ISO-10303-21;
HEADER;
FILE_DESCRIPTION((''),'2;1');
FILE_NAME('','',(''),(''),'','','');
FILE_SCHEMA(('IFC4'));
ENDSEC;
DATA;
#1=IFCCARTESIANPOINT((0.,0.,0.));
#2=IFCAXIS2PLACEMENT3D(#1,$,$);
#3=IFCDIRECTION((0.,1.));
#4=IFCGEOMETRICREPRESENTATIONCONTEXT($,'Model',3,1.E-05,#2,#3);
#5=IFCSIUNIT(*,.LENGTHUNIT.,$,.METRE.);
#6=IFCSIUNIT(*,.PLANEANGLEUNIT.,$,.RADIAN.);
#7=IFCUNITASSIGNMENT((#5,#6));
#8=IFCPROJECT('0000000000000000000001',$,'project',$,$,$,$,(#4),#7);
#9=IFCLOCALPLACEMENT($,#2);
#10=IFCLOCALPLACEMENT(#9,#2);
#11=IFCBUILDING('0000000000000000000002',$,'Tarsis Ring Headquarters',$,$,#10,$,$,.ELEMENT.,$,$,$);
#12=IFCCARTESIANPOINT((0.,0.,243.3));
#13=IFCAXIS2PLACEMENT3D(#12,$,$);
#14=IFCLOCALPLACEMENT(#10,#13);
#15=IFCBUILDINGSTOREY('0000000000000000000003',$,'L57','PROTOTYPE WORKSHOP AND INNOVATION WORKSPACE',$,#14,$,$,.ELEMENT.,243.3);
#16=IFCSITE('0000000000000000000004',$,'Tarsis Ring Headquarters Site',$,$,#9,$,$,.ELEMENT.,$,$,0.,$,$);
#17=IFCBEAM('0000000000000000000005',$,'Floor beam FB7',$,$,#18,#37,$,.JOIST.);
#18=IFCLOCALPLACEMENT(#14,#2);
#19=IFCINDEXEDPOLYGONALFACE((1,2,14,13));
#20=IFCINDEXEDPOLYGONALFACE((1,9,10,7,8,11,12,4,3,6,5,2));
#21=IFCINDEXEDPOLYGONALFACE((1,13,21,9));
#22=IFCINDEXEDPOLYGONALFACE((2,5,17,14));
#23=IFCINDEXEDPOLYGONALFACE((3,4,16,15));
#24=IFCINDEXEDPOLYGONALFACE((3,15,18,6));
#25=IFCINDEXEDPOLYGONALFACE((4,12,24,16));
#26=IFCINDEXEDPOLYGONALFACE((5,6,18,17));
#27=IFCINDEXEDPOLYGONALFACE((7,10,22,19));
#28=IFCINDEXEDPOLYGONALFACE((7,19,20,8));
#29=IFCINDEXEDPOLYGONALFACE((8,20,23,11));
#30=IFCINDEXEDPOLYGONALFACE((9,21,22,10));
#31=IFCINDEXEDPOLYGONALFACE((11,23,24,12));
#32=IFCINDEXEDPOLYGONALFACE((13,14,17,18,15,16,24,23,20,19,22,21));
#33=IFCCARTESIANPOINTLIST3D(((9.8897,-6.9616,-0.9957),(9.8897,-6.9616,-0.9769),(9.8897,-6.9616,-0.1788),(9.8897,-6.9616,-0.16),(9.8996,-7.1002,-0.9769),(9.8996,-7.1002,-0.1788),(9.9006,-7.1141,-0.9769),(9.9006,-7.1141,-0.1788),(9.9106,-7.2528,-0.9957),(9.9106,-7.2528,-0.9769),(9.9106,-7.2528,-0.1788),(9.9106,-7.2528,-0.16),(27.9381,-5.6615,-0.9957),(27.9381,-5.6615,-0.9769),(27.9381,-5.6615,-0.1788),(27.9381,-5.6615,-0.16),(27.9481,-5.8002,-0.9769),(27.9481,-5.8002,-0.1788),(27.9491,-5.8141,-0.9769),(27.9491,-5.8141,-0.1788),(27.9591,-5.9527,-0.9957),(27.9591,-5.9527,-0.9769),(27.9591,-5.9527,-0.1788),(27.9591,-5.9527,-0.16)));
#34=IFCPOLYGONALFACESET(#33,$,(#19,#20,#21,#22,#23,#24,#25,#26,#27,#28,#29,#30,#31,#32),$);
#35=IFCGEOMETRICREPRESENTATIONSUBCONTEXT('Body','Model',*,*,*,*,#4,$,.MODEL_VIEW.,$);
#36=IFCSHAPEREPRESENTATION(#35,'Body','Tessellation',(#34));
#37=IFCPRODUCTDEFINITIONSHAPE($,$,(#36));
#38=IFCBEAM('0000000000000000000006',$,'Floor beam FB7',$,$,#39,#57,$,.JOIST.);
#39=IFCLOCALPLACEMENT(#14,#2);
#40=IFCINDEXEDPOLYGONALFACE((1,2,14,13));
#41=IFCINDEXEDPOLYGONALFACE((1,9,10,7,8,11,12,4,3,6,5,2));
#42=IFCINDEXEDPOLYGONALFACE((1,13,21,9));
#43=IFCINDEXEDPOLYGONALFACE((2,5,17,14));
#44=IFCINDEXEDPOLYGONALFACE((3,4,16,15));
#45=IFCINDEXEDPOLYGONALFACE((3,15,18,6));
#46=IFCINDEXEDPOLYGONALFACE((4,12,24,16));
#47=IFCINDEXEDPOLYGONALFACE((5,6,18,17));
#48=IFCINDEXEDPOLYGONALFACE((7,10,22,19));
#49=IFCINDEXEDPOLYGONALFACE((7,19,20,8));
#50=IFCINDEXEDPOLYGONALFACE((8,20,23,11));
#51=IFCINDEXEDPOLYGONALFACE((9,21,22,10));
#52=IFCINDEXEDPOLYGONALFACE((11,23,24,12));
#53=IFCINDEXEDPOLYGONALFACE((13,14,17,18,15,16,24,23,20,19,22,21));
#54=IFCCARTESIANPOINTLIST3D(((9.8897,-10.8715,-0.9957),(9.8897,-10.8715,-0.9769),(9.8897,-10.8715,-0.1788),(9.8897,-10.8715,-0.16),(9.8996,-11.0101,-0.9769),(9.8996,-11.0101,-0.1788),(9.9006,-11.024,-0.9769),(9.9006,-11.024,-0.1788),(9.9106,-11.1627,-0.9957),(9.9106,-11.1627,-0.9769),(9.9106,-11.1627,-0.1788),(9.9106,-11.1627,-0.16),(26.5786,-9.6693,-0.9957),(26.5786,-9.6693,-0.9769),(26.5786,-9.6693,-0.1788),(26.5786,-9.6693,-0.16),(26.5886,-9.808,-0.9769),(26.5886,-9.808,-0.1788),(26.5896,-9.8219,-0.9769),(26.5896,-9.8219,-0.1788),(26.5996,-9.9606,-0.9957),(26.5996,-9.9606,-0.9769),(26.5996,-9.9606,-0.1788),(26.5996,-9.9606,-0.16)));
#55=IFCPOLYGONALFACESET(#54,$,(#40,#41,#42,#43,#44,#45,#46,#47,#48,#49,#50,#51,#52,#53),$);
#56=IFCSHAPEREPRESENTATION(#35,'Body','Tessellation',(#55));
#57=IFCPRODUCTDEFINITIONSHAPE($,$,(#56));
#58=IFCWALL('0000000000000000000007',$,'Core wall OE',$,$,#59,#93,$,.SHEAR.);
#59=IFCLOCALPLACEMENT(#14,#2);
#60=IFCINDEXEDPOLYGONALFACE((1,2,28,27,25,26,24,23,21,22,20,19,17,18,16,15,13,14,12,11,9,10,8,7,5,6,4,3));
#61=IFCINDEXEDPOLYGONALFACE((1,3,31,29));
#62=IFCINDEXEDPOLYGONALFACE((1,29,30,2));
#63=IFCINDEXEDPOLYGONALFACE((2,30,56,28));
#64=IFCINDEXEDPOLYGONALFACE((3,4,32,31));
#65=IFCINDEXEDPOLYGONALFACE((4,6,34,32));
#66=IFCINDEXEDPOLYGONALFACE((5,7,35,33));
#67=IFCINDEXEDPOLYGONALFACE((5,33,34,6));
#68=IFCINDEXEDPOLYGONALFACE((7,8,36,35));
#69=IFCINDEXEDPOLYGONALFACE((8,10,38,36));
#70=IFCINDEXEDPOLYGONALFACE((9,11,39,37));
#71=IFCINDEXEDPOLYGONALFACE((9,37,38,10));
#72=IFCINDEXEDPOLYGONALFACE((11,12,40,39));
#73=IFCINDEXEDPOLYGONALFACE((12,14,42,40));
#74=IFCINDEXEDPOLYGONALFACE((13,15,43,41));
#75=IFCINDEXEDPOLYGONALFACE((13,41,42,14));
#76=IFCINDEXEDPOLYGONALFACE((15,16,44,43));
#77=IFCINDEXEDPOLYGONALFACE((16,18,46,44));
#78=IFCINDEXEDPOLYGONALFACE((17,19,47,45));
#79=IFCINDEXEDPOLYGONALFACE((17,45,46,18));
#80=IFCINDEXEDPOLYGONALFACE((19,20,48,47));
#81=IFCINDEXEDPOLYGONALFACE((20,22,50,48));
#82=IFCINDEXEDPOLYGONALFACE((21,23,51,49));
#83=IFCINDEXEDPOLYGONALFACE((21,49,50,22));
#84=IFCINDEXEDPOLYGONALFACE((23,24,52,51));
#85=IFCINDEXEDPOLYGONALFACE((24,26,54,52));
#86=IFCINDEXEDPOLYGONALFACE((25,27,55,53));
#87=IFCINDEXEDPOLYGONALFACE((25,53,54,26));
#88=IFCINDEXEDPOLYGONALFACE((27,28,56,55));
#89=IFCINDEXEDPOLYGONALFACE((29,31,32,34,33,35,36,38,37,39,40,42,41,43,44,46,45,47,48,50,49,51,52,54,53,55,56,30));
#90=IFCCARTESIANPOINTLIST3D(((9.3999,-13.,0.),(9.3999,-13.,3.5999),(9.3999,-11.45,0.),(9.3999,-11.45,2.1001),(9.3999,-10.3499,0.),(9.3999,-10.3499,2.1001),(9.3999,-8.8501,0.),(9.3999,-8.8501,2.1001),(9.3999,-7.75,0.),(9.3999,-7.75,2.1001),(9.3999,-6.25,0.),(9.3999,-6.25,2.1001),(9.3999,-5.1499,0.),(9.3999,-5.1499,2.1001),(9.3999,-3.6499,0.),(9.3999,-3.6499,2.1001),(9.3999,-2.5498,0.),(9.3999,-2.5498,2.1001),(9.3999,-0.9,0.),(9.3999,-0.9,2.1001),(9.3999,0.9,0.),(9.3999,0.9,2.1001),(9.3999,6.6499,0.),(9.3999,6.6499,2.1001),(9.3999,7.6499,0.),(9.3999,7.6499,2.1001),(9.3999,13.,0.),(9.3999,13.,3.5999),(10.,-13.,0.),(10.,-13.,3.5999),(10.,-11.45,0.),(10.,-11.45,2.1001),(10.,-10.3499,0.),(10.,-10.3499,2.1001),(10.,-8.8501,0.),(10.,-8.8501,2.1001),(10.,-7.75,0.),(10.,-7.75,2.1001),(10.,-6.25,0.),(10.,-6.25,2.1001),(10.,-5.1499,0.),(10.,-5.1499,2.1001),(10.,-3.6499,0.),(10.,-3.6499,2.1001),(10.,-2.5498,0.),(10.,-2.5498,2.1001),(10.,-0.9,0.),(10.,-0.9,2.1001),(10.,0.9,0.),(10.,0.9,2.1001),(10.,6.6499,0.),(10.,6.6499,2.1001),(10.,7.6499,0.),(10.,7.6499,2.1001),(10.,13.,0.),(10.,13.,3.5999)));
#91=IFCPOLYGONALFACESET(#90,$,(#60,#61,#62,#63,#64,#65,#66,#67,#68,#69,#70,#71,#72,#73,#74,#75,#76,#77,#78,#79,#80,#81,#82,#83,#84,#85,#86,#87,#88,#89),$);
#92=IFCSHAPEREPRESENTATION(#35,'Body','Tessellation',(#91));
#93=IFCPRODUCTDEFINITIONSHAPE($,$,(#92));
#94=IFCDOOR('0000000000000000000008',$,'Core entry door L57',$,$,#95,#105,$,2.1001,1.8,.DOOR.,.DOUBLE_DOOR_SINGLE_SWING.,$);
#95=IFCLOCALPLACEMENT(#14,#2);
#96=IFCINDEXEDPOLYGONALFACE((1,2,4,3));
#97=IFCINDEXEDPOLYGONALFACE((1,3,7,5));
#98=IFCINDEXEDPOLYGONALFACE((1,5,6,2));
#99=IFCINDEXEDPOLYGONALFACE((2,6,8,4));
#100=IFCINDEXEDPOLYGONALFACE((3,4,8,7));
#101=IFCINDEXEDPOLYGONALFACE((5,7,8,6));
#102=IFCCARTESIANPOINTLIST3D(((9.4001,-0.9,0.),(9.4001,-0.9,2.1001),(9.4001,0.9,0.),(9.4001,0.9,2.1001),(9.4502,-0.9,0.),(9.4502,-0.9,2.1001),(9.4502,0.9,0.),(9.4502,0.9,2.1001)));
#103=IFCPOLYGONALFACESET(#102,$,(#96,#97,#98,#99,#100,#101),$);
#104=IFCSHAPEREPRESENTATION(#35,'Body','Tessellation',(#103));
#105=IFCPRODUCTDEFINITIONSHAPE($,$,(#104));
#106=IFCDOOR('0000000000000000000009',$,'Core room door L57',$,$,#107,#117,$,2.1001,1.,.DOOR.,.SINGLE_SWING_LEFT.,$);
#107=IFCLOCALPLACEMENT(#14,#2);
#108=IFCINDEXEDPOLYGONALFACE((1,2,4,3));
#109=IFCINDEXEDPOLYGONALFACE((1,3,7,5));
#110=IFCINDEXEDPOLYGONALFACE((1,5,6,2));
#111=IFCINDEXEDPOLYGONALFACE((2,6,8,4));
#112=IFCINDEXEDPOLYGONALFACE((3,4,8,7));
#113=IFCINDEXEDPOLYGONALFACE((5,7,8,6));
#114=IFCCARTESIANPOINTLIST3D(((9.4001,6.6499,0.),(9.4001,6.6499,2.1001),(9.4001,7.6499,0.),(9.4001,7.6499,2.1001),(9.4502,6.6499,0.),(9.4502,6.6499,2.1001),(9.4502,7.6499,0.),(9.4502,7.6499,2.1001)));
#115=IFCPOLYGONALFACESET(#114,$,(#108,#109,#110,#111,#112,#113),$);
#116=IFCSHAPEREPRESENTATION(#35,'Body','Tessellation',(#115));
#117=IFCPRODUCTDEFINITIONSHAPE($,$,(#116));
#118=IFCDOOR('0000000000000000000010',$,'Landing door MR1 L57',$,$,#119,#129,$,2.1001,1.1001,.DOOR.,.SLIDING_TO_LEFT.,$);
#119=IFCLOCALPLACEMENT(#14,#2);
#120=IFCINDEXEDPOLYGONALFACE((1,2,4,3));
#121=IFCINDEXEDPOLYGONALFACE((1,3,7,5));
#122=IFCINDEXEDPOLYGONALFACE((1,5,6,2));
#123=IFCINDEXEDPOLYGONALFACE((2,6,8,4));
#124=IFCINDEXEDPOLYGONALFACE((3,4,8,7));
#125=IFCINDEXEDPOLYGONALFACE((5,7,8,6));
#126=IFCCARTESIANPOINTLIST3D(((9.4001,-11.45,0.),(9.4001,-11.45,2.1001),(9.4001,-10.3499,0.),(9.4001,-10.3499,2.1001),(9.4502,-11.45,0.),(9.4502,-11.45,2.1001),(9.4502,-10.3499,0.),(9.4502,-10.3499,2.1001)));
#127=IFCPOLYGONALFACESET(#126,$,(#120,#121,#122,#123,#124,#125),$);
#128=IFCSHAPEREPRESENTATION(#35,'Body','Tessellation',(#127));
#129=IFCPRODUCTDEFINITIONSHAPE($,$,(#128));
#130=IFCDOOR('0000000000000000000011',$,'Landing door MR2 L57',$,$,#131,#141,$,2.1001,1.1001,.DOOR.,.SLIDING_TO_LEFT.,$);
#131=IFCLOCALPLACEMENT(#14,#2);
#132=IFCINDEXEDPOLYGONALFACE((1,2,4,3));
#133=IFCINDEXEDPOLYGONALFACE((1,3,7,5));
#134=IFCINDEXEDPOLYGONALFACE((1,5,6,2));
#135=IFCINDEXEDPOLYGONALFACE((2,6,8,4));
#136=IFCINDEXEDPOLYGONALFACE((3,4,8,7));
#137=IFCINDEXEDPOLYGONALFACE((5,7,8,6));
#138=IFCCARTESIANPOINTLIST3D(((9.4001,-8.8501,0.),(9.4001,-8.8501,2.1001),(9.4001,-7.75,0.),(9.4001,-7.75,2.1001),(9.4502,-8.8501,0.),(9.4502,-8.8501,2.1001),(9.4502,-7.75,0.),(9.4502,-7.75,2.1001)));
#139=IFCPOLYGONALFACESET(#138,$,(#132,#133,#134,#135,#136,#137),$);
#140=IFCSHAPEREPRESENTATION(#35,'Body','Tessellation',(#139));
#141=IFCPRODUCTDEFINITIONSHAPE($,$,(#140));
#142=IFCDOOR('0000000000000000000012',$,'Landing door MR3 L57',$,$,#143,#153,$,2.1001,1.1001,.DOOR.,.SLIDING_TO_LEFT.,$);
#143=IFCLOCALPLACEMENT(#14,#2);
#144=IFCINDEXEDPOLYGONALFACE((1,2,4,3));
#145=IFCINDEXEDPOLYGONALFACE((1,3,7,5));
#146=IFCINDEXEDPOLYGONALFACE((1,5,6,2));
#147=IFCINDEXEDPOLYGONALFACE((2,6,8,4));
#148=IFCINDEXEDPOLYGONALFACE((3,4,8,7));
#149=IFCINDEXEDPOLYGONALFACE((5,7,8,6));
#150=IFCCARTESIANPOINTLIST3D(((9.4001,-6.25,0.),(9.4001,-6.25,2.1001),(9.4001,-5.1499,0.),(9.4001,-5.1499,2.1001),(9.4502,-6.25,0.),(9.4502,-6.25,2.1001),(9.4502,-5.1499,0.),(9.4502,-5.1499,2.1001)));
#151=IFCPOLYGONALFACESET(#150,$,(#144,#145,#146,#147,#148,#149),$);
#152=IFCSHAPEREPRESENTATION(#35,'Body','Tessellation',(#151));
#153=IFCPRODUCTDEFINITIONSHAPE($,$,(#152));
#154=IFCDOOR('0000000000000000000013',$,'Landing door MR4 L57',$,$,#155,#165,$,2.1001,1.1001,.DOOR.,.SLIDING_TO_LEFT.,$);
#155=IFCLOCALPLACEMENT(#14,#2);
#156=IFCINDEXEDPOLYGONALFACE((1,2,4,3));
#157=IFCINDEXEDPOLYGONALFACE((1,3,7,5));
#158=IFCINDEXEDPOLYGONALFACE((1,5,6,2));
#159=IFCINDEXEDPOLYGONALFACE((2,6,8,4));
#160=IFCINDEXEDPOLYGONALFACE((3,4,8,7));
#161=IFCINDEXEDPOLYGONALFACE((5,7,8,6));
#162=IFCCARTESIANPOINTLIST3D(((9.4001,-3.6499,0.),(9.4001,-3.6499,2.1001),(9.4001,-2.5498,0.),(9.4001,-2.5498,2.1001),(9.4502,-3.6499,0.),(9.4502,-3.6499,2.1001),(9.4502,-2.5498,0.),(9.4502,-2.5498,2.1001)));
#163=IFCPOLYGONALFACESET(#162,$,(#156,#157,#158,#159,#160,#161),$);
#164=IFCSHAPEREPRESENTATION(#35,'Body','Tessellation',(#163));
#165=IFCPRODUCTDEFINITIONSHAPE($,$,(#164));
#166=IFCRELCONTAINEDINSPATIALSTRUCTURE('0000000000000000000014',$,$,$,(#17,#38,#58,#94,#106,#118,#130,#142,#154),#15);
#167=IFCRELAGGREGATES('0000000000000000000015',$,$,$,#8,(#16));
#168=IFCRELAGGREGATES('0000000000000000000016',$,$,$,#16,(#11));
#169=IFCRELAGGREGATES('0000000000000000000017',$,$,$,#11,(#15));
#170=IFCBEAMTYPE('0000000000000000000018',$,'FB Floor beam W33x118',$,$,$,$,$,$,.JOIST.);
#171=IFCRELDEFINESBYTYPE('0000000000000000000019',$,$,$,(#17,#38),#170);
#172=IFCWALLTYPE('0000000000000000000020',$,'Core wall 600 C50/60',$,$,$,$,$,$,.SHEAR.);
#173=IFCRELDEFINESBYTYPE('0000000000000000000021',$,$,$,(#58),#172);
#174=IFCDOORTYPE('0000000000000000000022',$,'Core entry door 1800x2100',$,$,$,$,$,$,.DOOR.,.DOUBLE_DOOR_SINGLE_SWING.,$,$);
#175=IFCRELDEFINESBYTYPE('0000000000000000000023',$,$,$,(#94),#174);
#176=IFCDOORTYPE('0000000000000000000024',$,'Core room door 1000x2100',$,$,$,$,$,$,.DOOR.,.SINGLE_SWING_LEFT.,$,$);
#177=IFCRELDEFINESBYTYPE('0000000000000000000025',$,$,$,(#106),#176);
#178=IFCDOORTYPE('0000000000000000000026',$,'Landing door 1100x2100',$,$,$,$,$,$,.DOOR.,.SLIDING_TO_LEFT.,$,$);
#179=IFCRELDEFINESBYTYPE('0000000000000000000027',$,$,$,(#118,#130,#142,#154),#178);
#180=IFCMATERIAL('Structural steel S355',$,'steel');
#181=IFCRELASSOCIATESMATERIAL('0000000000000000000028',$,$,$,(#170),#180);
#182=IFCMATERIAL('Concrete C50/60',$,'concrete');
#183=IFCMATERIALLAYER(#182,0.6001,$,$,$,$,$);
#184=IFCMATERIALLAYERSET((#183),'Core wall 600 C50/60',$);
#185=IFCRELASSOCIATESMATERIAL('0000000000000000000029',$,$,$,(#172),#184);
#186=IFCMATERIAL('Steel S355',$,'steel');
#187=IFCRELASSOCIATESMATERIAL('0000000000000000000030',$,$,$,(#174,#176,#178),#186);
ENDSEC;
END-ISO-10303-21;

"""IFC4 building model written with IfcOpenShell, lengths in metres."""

from ifc_helpers import new_model, si_unit, direction, frame, frame_2d, origin, origin_2d, place, context, subcontext, project, spatial, rectangle, i_section, extrude, material, layer, layer_set, material_profile, profile_set, type_object, element, fill, save


model = new_model("IFC4")

# Units and contexts
model_context = context("Model", 3, precision=1e-05, world=origin(), true_north=direction((0.0, 1.0)))
body_context = subcontext(model_context, "Body", "Model", "MODEL_VIEW")
ifc_project = project(units=[si_unit("LENGTHUNIT", "METRE"), si_unit("PLANEANGLEUNIT", "RADIAN")], contexts=[model_context])

# Site, building, storey
site_placement = place(None, origin())
site = spatial("IfcSite", under=ifc_project, at=site_placement, Name="Tarsis Ring Headquarters Site", CompositionType="ELEMENT", RefElevation=0.0)
building_placement = place(site_placement, origin())
building = spatial("IfcBuilding", under=site, at=building_placement, Name="Tarsis Ring Headquarters", CompositionType="ELEMENT")
storey_placement = place(building_placement, frame((0.0, 0.0, 243.3)))
storey = spatial("IfcBuildingStorey", under=building, at=storey_placement, Name="L57", Description="PROTOTYPE WORKSHOP AND INNOVATION WORKSPACE", CompositionType="ELEMENT", Elevation=243.3)

# Beams
ifc_material_1 = material(Name="Structural steel S355", Category="steel")
ifc_material_profile = material_profile(ifc_material_1, i_section(OverallWidth=0.292, OverallDepth=0.8357, WebThickness=0.0139, FlangeThickness=0.0188, at=origin_2d()), Name="W33x118")
ifc_profile_set = profile_set([ifc_material_profile], Name="Structural steel S355")
beam_type = type_object("IfcBeamType", Name="FB Floor beam W33x118", PredefinedType="JOIST", material=ifc_profile_set)
beam_1_placement = place(storey_placement, frame((9.9001, -7.1072, -0.5779), z_axis=(0.997416, 0.071845, 0.0), x_axis=(-0.071845, 0.997416, 0.0)))
element("IfcBeam", 1, at=beam_1_placement, inside=storey, type_object=beam_type, Name="Floor beam FB7", PredefinedType="JOIST", context=body_context, shape_type="SweptSolid", body=[
    extrude(i_section(OverallWidth=0.292, OverallDepth=0.8357, WebThickness=0.0139, FlangeThickness=0.0188, at=origin_2d()), origin(), (0.0, 0.0, 1.0), 18.0952),
])
beam_2_placement = place(storey_placement, frame((9.9001, -11.0171, -0.5779), z_axis=(0.997416, 0.071846, 0.0), x_axis=(-0.071846, 0.997416, 0.0)))
element("IfcBeam", 2, at=beam_2_placement, inside=storey, type_object=beam_type, Name="Floor beam FB7", PredefinedType="JOIST", context=body_context, shape_type="SweptSolid", body=[
    extrude(i_section(OverallWidth=0.292, OverallDepth=0.8357, WebThickness=0.0139, FlangeThickness=0.0188, at=origin_2d()), origin(), (0.0, 0.0, 1.0), 16.7322),
])

# Wall, openings, doors
ifc_material_2 = material(Name="Concrete C50/60", Category="concrete")
ifc_layer_1 = layer(ifc_material_2, 0.6001)
ifc_layer_set_1 = layer_set([ifc_layer_1], Name="Core wall 600 C50/60")
wall_type_1 = type_object("IfcWallType", Name="Core wall 600 C50/60", PredefinedType="SHEAR", material=ifc_layer_set_1)
wall_1_placement = place(storey_placement, frame((9.7, -13.0, 0.0), z_axis=(0.0, 0.0, 1.0), x_axis=(0.0, 1.0, 0.0)))
wall_1 = element("IfcWall", 3, at=wall_1_placement, inside=storey, type_object=wall_type_1, Name="Core wall OE", PredefinedType="SHEAR", context=body_context, shape_type="SweptSolid", body=[
    extrude(rectangle(XDim=26.0, YDim=0.6001, at=frame_2d((13.0, 0.0))), origin(), (0.0, 0.0, 1.0), 3.5999),
])
opening_1_placement = place(wall_1_placement, frame((1.55, 0.0, 0.0)))
opening_1 = element("IfcOpeningElement", 4, at=opening_1_placement, cuts=wall_1, PredefinedType="OPENING", context=body_context, shape_type="SweptSolid", body=[
    extrude(rectangle(XDim=1.1001, YDim=2.1001, at=frame_2d((0.55, 1.05))), frame((0.0, 0.3101, 0.0), z_axis=(0.0, -1.0, 0.0), x_axis=(1.0, 0.0, 0.0)), (0.0, 0.0, 1.0), 0.6201),
])
opening_2_placement = place(wall_1_placement, frame((4.1499, 0.0, 0.0)))
opening_2 = element("IfcOpeningElement", 5, at=opening_2_placement, cuts=wall_1, PredefinedType="OPENING", context=body_context, shape_type="SweptSolid", body=[
    extrude(rectangle(XDim=1.1001, YDim=2.1001, at=frame_2d((0.55, 1.05))), frame((0.0, 0.3101, 0.0), z_axis=(0.0, -1.0, 0.0), x_axis=(1.0, 0.0, 0.0)), (0.0, 0.0, 1.0), 0.6201),
])
opening_3_placement = place(wall_1_placement, frame((6.75, 0.0, 0.0)))
opening_3 = element("IfcOpeningElement", 6, at=opening_3_placement, cuts=wall_1, PredefinedType="OPENING", context=body_context, shape_type="SweptSolid", body=[
    extrude(rectangle(XDim=1.1001, YDim=2.1001, at=frame_2d((0.55, 1.05))), frame((0.0, 0.3101, 0.0), z_axis=(0.0, -1.0, 0.0), x_axis=(1.0, 0.0, 0.0)), (0.0, 0.0, 1.0), 0.6201),
])
opening_4_placement = place(wall_1_placement, frame((9.3501, 0.0, 0.0)))
opening_4 = element("IfcOpeningElement", 7, at=opening_4_placement, cuts=wall_1, PredefinedType="OPENING", context=body_context, shape_type="SweptSolid", body=[
    extrude(rectangle(XDim=1.1001, YDim=2.1001, at=frame_2d((0.55, 1.05))), frame((0.0, 0.3101, 0.0), z_axis=(0.0, -1.0, 0.0), x_axis=(1.0, 0.0, 0.0)), (0.0, 0.0, 1.0), 0.6201),
])
opening_5_placement = place(wall_1_placement, frame((12.1001, 0.0, 0.0)))
opening_5 = element("IfcOpeningElement", 8, at=opening_5_placement, cuts=wall_1, PredefinedType="OPENING", context=body_context, shape_type="SweptSolid", body=[
    extrude(rectangle(XDim=1.8, YDim=2.1001, at=frame_2d((0.8999, 1.05))), frame((0.0, 0.3101, 0.0), z_axis=(0.0, -1.0, 0.0), x_axis=(1.0, 0.0, 0.0)), (0.0, 0.0, 1.0), 0.6201),
])
opening_6_placement = place(wall_1_placement, frame((19.6499, 0.0, 0.0)))
opening_6 = element("IfcOpeningElement", 9, at=opening_6_placement, cuts=wall_1, PredefinedType="OPENING", context=body_context, shape_type="SweptSolid", body=[
    extrude(rectangle(XDim=1.0, YDim=2.1001, at=frame_2d((0.5, 1.05))), frame((0.0, 0.3101, 0.0), z_axis=(0.0, -1.0, 0.0), x_axis=(1.0, 0.0, 0.0)), (0.0, 0.0, 1.0), 0.6201),
])
ifc_material_3 = material(Name="Steel S355", Category="steel")
door_type_1 = type_object("IfcDoorType", Name="Core entry door 1800x2100", OperationType="DOUBLE_DOOR_SINGLE_SWING", PredefinedType="DOOR", material=ifc_material_3)
door_1_placement = place(opening_5_placement, origin())
door_1 = element("IfcDoor", 10, at=door_1_placement, inside=storey, type_object=door_type_1, Name="Core entry door L57", OperationType="DOUBLE_DOOR_SINGLE_SWING", OverallHeight=2.1001, OverallWidth=1.8, PredefinedType="DOOR", context=body_context, shape_type="SweptSolid", body=[
    extrude(rectangle(XDim=1.8, YDim=2.1001, at=frame_2d((0.8999, 1.05))), frame((0.0, 0.2998, 0.0), z_axis=(0.0, -1.0, 0.0), x_axis=(1.0, 0.0, 0.0)), (0.0, 0.0, 1.0), 0.05),
])
fill(opening_5, door_1)
door_type_2 = type_object("IfcDoorType", Name="Core room door 1000x2100", OperationType="SINGLE_SWING_LEFT", PredefinedType="DOOR", material=ifc_material_3)
door_2_placement = place(opening_6_placement, origin())
door_2 = element("IfcDoor", 11, at=door_2_placement, inside=storey, type_object=door_type_2, Name="Core room door L57", OperationType="SINGLE_SWING_LEFT", OverallHeight=2.1001, OverallWidth=1.0, PredefinedType="DOOR", context=body_context, shape_type="SweptSolid", body=[
    extrude(rectangle(XDim=1.0, YDim=2.1001, at=frame_2d((0.5, 1.05))), frame((0.0, 0.2998, 0.0), z_axis=(0.0, -1.0, 0.0), x_axis=(1.0, 0.0, 0.0)), (0.0, 0.0, 1.0), 0.05),
])
fill(opening_6, door_2)
door_type_3 = type_object("IfcDoorType", Name="Landing door 1100x2100", OperationType="SLIDING_TO_LEFT", PredefinedType="DOOR", material=ifc_material_3)
door_3_placement = place(opening_1_placement, origin())
door_3 = element("IfcDoor", 12, at=door_3_placement, inside=storey, type_object=door_type_3, Name="Landing door MR1 L57", OperationType="SLIDING_TO_LEFT", OverallHeight=2.1001, OverallWidth=1.1001, PredefinedType="DOOR", context=body_context, shape_type="SweptSolid", body=[
    extrude(rectangle(XDim=1.1001, YDim=2.1001, at=frame_2d((0.55, 1.05))), frame((0.0, 0.2998, 0.0), z_axis=(0.0, -1.0, 0.0), x_axis=(1.0, 0.0, 0.0)), (0.0, 0.0, 1.0), 0.05),
])
fill(opening_1, door_3)
door_4_placement = place(opening_2_placement, origin())
door_4 = element("IfcDoor", 13, at=door_4_placement, inside=storey, type_object=door_type_3, Name="Landing door MR2 L57", OperationType="SLIDING_TO_LEFT", OverallHeight=2.1001, OverallWidth=1.1001, PredefinedType="DOOR", context=body_context, shape_type="SweptSolid", body=[
    extrude(rectangle(XDim=1.1001, YDim=2.1001, at=frame_2d((0.55, 1.05))), frame((0.0, 0.2998, 0.0), z_axis=(0.0, -1.0, 0.0), x_axis=(1.0, 0.0, 0.0)), (0.0, 0.0, 1.0), 0.05),
])
fill(opening_2, door_4)
door_5_placement = place(opening_3_placement, origin())
door_5 = element("IfcDoor", 14, at=door_5_placement, inside=storey, type_object=door_type_3, Name="Landing door MR3 L57", OperationType="SLIDING_TO_LEFT", OverallHeight=2.1001, OverallWidth=1.1001, PredefinedType="DOOR", context=body_context, shape_type="SweptSolid", body=[
    extrude(rectangle(XDim=1.1001, YDim=2.1001, at=frame_2d((0.55, 1.05))), frame((0.0, 0.2998, 0.0), z_axis=(0.0, -1.0, 0.0), x_axis=(1.0, 0.0, 0.0)), (0.0, 0.0, 1.0), 0.05),
])
fill(opening_3, door_5)
door_6_placement = place(opening_4_placement, origin())
door_6 = element("IfcDoor", 15, at=door_6_placement, inside=storey, type_object=door_type_3, Name="Landing door MR4 L57", OperationType="SLIDING_TO_LEFT", OverallHeight=2.1001, OverallWidth=1.1001, PredefinedType="DOOR", context=body_context, shape_type="SweptSolid", body=[
    extrude(rectangle(XDim=1.1001, YDim=2.1001, at=frame_2d((0.55, 1.05))), frame((0.0, 0.2998, 0.0), z_axis=(0.0, -1.0, 0.0), x_axis=(1.0, 0.0, 0.0)), (0.0, 0.0, 1.0), 0.05),
])
fill(opening_4, door_6)

save(model, "model.ifc")
